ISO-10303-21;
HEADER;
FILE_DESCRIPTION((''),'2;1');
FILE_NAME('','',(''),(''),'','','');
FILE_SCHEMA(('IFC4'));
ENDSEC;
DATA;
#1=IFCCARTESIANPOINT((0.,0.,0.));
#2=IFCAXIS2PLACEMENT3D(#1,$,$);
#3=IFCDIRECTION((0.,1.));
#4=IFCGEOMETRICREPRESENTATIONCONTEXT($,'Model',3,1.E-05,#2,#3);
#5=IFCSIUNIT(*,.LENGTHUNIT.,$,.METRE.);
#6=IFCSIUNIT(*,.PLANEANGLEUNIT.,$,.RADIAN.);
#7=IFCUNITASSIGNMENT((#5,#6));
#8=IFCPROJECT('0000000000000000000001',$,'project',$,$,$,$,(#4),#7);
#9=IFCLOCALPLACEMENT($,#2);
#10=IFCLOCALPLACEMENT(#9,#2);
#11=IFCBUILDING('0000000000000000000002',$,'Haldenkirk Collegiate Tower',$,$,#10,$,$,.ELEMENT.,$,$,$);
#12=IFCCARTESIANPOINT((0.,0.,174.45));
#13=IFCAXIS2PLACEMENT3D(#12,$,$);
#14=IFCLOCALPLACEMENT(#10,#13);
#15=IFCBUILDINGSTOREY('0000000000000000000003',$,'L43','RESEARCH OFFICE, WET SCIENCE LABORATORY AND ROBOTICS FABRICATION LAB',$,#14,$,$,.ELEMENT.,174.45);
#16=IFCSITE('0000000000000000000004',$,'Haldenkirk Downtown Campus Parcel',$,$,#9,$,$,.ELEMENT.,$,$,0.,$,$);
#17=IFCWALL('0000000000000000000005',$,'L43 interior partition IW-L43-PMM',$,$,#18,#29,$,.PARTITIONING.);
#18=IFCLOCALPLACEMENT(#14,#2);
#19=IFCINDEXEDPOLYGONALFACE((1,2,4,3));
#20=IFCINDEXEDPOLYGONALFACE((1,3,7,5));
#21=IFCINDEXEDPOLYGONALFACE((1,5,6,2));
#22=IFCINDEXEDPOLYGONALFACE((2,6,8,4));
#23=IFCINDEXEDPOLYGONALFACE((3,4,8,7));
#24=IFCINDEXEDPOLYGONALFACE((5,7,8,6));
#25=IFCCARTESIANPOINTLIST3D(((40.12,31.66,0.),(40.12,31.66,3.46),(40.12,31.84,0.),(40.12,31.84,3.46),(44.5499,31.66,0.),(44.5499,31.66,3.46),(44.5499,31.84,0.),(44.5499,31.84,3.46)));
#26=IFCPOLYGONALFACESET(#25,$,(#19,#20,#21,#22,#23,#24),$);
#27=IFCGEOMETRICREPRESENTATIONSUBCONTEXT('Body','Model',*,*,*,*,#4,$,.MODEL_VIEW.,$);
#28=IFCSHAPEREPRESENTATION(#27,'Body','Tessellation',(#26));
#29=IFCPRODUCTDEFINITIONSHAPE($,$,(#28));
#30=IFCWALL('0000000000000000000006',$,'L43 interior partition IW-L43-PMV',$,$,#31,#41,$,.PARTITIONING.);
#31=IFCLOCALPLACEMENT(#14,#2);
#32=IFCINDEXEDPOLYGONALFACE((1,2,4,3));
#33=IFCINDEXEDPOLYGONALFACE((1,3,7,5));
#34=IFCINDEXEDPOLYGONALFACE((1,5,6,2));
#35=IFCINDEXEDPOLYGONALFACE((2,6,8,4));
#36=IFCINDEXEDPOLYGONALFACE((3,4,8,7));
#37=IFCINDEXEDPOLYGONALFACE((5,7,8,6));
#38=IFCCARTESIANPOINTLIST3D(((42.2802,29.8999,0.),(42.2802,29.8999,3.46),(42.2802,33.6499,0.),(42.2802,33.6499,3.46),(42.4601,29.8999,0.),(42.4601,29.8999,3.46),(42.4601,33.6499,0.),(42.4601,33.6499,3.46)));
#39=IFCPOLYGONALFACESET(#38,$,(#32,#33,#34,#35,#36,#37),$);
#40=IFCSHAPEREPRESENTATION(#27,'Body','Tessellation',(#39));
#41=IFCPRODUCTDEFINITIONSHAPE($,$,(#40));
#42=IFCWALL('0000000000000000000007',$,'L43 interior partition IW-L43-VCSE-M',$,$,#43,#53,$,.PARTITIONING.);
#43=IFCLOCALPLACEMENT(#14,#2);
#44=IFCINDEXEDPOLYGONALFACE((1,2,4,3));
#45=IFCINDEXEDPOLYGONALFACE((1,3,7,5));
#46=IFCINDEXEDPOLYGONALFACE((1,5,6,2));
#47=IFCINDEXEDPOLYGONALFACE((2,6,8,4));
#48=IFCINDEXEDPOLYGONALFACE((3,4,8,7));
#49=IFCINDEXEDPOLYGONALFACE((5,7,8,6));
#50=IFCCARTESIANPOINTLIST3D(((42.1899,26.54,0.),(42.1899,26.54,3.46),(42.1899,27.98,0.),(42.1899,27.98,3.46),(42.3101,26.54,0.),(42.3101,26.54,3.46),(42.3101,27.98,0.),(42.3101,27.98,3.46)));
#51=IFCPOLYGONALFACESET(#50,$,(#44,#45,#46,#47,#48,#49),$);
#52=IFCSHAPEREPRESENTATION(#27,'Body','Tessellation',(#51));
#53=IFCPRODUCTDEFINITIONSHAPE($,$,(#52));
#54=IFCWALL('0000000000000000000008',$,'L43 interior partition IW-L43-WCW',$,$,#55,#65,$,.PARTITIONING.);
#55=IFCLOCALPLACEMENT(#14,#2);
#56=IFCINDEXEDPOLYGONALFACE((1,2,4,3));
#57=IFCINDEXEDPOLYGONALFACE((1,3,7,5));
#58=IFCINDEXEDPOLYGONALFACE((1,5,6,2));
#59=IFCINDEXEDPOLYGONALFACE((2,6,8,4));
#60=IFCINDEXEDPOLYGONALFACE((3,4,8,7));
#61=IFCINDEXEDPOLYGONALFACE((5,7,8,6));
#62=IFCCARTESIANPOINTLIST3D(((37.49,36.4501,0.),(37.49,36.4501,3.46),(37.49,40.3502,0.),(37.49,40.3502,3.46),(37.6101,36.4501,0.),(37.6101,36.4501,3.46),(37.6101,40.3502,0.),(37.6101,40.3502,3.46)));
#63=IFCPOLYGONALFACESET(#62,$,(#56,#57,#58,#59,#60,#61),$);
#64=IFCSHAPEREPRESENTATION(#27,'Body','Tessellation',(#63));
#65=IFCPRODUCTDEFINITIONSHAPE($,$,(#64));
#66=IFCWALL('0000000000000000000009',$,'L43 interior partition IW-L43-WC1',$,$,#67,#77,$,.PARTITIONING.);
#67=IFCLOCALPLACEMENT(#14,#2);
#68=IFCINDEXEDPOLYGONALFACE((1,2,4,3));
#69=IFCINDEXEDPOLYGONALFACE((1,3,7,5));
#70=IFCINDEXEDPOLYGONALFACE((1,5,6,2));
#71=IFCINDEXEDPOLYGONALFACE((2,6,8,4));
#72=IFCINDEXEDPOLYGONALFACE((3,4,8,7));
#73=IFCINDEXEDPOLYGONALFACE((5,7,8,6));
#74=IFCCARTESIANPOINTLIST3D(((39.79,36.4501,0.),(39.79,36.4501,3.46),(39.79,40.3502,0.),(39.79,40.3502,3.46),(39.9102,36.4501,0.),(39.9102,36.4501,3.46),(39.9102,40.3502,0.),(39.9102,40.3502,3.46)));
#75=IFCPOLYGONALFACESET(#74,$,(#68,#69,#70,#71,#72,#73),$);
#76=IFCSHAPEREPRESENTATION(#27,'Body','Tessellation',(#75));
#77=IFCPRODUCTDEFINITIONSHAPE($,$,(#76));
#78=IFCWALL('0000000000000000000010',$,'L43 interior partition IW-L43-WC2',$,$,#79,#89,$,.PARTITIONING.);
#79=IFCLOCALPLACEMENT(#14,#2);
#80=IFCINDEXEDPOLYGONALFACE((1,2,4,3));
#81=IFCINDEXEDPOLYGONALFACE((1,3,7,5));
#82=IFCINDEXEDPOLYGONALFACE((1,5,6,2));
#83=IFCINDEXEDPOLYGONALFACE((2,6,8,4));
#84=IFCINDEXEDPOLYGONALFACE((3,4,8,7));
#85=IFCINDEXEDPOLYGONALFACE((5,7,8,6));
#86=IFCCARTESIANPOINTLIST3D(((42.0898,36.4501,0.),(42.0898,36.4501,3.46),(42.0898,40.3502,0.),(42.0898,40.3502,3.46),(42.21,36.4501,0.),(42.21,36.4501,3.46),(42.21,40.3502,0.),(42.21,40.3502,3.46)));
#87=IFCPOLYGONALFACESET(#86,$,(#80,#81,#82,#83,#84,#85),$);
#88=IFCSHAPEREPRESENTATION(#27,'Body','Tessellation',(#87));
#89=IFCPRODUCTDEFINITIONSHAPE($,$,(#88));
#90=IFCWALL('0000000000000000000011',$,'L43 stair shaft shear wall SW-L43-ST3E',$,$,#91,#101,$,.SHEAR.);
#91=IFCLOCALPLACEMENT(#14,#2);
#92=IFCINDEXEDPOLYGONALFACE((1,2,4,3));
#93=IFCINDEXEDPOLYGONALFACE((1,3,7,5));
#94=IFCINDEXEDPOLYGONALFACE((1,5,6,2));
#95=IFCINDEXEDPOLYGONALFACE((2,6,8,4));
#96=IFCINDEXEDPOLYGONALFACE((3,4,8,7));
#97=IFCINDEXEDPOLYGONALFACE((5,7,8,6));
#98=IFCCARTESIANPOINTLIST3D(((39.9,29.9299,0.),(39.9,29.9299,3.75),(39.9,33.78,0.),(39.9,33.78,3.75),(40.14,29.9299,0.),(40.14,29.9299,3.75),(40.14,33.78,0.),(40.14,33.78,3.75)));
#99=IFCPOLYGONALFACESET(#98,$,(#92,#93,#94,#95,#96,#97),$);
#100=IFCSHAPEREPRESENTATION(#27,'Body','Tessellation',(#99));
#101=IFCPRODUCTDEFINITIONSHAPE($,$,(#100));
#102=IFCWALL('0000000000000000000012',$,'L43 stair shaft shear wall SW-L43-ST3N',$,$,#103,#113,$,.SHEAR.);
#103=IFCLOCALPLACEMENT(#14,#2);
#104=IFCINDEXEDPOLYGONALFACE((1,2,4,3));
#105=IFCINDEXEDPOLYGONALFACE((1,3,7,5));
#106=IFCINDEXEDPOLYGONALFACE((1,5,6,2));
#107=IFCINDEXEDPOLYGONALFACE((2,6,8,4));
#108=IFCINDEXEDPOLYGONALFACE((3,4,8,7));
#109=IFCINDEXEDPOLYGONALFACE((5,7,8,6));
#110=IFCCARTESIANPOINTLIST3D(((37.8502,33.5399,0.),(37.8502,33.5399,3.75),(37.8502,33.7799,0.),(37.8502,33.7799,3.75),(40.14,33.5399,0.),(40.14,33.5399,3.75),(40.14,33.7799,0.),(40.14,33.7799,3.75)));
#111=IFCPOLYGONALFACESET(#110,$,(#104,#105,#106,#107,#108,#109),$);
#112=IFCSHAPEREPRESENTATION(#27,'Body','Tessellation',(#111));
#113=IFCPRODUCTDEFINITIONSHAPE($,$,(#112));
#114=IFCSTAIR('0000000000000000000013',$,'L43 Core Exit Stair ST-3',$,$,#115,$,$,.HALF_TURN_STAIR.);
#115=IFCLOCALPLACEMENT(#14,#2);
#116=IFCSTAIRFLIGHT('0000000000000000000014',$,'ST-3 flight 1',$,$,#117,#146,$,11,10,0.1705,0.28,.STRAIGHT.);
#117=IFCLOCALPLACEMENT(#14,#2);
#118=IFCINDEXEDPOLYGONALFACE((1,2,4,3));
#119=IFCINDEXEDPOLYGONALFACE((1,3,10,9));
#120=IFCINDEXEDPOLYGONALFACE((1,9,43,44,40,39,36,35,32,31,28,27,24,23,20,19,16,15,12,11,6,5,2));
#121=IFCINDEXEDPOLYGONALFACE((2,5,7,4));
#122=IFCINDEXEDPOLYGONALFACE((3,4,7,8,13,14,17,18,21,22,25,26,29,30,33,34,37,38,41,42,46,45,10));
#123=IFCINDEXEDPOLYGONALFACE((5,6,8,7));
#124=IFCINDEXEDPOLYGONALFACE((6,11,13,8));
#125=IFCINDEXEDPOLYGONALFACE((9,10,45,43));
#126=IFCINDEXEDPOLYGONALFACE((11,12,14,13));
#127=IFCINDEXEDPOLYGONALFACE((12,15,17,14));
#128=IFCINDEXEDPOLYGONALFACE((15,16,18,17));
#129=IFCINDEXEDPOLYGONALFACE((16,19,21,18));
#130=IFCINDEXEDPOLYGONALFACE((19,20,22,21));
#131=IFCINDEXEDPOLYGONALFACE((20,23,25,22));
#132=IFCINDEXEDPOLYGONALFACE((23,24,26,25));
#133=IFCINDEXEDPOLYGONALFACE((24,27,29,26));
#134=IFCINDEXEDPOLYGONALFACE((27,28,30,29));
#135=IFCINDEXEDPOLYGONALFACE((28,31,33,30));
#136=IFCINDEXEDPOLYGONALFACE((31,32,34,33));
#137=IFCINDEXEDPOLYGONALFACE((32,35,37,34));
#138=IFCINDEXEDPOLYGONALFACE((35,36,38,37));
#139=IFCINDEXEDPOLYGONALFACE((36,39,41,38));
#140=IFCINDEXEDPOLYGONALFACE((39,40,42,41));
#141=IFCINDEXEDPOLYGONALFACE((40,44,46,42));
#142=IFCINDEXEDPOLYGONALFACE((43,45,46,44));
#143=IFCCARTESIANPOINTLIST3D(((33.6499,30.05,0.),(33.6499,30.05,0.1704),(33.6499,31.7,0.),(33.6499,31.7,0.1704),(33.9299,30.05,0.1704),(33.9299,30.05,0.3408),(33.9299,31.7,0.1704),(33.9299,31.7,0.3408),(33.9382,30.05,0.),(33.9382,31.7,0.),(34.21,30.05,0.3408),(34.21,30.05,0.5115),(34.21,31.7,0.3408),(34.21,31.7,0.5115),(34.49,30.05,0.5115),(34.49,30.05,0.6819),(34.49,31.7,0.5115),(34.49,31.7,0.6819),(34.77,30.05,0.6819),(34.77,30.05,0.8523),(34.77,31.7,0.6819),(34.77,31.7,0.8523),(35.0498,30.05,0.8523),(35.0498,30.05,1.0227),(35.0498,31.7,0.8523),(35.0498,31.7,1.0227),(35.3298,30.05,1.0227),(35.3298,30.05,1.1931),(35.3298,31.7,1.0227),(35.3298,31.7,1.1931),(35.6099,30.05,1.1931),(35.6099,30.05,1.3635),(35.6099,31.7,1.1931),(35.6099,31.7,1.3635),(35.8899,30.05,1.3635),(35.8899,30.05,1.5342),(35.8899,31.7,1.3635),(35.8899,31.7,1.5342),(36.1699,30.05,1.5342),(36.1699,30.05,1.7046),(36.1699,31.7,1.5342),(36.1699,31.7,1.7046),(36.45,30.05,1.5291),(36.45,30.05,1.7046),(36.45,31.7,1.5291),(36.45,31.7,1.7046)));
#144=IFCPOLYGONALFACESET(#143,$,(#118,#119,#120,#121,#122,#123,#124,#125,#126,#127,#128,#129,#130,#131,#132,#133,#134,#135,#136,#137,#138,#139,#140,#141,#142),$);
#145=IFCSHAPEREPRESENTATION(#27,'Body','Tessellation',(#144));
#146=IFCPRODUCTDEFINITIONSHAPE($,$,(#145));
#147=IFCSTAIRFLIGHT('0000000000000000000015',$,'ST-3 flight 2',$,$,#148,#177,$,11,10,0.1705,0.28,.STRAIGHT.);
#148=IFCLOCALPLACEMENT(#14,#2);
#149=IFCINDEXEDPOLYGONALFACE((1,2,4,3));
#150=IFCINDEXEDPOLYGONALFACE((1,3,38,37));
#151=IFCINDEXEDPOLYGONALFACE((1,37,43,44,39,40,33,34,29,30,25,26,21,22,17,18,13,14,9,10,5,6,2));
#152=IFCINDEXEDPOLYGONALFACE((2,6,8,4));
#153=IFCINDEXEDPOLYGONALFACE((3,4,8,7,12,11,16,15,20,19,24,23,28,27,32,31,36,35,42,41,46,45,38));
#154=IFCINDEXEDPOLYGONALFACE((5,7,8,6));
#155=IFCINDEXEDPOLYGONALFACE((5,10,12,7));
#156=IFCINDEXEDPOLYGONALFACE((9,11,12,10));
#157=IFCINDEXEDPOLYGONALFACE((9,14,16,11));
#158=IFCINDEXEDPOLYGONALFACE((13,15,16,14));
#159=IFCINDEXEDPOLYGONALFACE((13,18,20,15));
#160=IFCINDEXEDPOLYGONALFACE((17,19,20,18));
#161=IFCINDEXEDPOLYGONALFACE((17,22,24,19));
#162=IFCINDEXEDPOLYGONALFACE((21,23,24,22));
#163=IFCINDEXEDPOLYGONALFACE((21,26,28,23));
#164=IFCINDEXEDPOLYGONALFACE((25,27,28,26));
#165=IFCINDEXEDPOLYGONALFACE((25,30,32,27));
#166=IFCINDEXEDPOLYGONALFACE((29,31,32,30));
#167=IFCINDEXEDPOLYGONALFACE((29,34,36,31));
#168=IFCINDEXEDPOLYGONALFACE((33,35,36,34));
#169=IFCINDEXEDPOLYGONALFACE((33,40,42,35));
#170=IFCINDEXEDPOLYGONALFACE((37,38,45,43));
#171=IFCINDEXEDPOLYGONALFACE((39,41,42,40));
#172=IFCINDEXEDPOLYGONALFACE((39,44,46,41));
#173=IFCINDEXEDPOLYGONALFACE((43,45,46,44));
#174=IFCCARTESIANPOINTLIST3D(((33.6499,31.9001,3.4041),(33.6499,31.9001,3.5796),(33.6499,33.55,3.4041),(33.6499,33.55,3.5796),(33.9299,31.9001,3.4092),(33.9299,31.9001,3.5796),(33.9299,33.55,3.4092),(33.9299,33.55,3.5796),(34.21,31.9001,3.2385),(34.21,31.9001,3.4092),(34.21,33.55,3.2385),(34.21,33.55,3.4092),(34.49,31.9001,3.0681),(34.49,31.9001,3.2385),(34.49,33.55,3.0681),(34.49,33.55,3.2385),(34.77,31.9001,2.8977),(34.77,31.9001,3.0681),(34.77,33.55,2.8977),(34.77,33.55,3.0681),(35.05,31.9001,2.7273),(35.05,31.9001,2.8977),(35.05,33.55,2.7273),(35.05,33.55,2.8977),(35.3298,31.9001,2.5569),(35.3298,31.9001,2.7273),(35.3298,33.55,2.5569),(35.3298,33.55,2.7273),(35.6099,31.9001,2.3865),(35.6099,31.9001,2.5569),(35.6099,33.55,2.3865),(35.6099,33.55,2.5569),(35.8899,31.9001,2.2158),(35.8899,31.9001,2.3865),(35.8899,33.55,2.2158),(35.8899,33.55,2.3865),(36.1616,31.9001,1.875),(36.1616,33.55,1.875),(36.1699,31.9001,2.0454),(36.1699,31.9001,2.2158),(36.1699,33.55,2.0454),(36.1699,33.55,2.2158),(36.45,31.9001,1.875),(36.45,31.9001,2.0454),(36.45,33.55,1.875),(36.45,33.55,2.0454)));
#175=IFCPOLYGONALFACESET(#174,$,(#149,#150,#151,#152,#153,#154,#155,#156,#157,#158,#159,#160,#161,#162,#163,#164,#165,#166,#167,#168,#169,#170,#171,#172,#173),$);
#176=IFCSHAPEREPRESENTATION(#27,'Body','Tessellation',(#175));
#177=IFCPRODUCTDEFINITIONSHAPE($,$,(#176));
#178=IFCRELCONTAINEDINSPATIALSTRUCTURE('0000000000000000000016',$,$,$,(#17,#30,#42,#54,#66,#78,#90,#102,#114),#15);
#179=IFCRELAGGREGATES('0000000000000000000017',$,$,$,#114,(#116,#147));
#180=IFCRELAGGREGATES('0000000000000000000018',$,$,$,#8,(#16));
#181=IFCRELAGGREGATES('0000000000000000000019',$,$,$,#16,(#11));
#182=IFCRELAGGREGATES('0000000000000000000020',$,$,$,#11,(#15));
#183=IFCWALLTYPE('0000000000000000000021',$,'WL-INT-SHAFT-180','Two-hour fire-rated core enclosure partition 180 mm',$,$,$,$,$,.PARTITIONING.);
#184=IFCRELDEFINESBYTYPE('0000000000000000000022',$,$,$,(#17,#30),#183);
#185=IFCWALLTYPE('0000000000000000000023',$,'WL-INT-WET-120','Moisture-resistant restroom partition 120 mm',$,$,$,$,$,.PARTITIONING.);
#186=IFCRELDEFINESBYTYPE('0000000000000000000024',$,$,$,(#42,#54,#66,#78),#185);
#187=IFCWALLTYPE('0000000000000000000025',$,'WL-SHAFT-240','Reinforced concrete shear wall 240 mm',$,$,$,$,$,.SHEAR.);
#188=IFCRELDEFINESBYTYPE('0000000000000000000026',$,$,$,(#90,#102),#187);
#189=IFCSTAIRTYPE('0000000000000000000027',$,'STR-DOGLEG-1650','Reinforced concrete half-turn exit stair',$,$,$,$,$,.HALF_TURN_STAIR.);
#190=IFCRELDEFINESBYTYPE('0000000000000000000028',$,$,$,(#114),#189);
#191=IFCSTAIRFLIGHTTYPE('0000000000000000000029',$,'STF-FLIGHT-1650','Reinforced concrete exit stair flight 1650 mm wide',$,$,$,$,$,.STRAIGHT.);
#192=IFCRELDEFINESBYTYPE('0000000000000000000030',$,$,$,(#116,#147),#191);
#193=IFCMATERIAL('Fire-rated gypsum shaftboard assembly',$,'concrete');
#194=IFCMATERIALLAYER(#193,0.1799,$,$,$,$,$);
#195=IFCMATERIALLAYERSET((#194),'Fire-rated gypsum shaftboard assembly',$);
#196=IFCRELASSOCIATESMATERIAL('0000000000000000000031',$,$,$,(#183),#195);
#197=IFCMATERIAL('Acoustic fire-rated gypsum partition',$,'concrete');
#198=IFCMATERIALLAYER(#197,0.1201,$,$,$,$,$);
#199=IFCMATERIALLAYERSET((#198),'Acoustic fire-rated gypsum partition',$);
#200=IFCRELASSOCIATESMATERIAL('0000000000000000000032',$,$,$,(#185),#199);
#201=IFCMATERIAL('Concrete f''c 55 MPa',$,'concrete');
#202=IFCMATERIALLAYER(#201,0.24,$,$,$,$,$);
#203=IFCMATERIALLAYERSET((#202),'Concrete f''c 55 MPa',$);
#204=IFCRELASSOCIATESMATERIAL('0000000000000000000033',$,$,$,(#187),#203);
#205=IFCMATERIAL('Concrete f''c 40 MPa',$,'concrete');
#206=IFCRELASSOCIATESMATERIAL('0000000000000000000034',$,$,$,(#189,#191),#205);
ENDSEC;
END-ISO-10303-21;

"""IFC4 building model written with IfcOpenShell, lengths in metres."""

from ifc_helpers import new_model, si_unit, direction, frame, frame_2d, origin, place, context, subcontext, project, spatial, polyline, rectangle, outline, extrude, material, layer, layer_set, type_object, element, aggregate, save


model = new_model("IFC4")

# Units and contexts
model_context = context("Model", 3, precision=1e-05, world=origin(), true_north=direction((0.0, 1.0)))
body_context = subcontext(model_context, "Body", "Model", "MODEL_VIEW")
ifc_project = project(units=[si_unit("LENGTHUNIT", "METRE"), si_unit("PLANEANGLEUNIT", "RADIAN")], contexts=[model_context])

# Site, building, storey
site_placement = place(None, origin())
site = spatial("IfcSite", under=ifc_project, at=site_placement, Name="Haldenkirk Downtown Campus Parcel", CompositionType="ELEMENT", RefElevation=0.0)
building_placement = place(site_placement, origin())
building = spatial("IfcBuilding", under=site, at=building_placement, Name="Haldenkirk Collegiate Tower", CompositionType="ELEMENT")
storey_placement = place(building_placement, frame((0.0, 0.0, 174.45)))
storey = spatial("IfcBuildingStorey", under=building, at=storey_placement, Name="L43", Description="RESEARCH OFFICE, WET SCIENCE LABORATORY AND ROBOTICS FABRICATION LAB", CompositionType="ELEMENT", Elevation=174.45)

# Shared definitions
ifc_material_1 = material(Name="Acoustic fire-rated gypsum partition", Category="concrete")
ifc_material_2 = material(Name="Fire-rated gypsum shaftboard assembly", Category="concrete")
ifc_layer_1 = layer(ifc_material_2, 0.1799)
ifc_layer_set_1 = layer_set([ifc_layer_1], Name="Fire-rated gypsum shaftboard assembly")
wall_type_1 = type_object("IfcWallType", Name="WL-INT-SHAFT-180", Description="Two-hour fire-rated core enclosure partition 180 mm", PredefinedType="PARTITIONING", material=ifc_layer_set_1)

# Walls
wall_1_placement = place(storey_placement, frame((40.1201, 31.75, 0.0), z_axis=(0.0, 0.0, 1.0), x_axis=(1.0, 0.0, 0.0)))
element("IfcWall", 1, at=wall_1_placement, inside=storey, type_object=wall_type_1, Name="L43 interior partition IW-L43-PMM", PredefinedType="PARTITIONING", context=body_context, shape_type="SweptSolid", body=[
    extrude(rectangle(XDim=4.4299, YDim=0.1799, at=frame_2d((2.2148, 0.0))), origin(), (0.0, 0.0, 1.0), 3.46),
])
wall_2_placement = place(storey_placement, frame((42.3701, 29.8999, 0.0), z_axis=(0.0, 0.0, 1.0), x_axis=(0.0, 1.0, 0.0)))
element("IfcWall", 2, at=wall_2_placement, inside=storey, type_object=wall_type_1, Name="L43 interior partition IW-L43-PMV", PredefinedType="PARTITIONING", context=body_context, shape_type="SweptSolid", body=[
    extrude(rectangle(XDim=3.75, YDim=0.1799, at=frame_2d((1.875, 0.0))), origin(), (0.0, 0.0, 1.0), 3.46),
])
ifc_layer_2 = layer(ifc_material_1, 0.1201)
ifc_layer_set_2 = layer_set([ifc_layer_2], Name="Acoustic fire-rated gypsum partition")
wall_type_2 = type_object("IfcWallType", Name="WL-INT-WET-120", Description="Moisture-resistant restroom partition 120 mm", PredefinedType="PARTITIONING", material=ifc_layer_set_2)
wall_3_placement = place(storey_placement, frame((42.25, 26.54, 0.0), z_axis=(0.0, 0.0, 1.0), x_axis=(0.0, 1.0, 0.0)))
element("IfcWall", 3, at=wall_3_placement, inside=storey, type_object=wall_type_2, Name="L43 interior partition IW-L43-VCSE-M", PredefinedType="PARTITIONING", context=body_context, shape_type="SweptSolid", body=[
    extrude(rectangle(XDim=1.4399, YDim=0.1201, at=frame_2d((0.72, 0.0))), origin(), (0.0, 0.0, 1.0), 3.46),
])
for number, where, z_axis, x_axis, name in (
    (4, (37.55, 36.45, 0.0), (0.0, 0.0, 1.0), (0.0, 1.0, 0.0), "L43 interior partition IW-L43-WCW"),
    (5, (39.8501, 36.45, 0.0), (0.0, 0.0, 1.0), (0.0, 1.0, 0.0), "L43 interior partition IW-L43-WC1"),
    (6, (42.1499, 36.45, 0.0), (0.0, 0.0, 1.0), (0.0, 1.0, 0.0), "L43 interior partition IW-L43-WC2"),
):
    element("IfcWall", number, at=place(storey_placement, frame(where, z_axis=z_axis, x_axis=x_axis)), inside=storey, type_object=wall_type_2, Name=name, PredefinedType="PARTITIONING", context=body_context, shape_type="SweptSolid", body=[
        extrude(rectangle(XDim=3.9001, YDim=0.1201, at=frame_2d((1.9502, 0.0))), origin(), (0.0, 0.0, 1.0), 3.46),
    ])
ifc_material_3 = material(Name="Concrete f'c 55 MPa", Category="concrete")
ifc_layer_3 = layer(ifc_material_3, 0.24)
ifc_layer_set_3 = layer_set([ifc_layer_3], Name="Concrete f'c 55 MPa")
wall_type_3 = type_object("IfcWallType", Name="WL-SHAFT-240", Description="Reinforced concrete shear wall 240 mm", PredefinedType="SHEAR", material=ifc_layer_set_3)
wall_4_placement = place(storey_placement, frame((40.02, 29.9299, 0.0), z_axis=(0.0, 0.0, 1.0), x_axis=(0.0, 1.0, 0.0)))
element("IfcWall", 7, at=wall_4_placement, inside=storey, type_object=wall_type_3, Name="L43 stair shaft shear wall SW-L43-ST3E", PredefinedType="SHEAR", context=body_context, shape_type="SweptSolid", body=[
    extrude(rectangle(XDim=3.8501, YDim=0.24, at=frame_2d((1.925, 0.0))), origin(), (0.0, 0.0, 1.0), 3.75),
])
wall_5_placement = place(storey_placement, frame((37.8501, 33.6599, 0.0), z_axis=(0.0, 0.0, 1.0), x_axis=(1.0, 0.0, 0.0)))
element("IfcWall", 8, at=wall_5_placement, inside=storey, type_object=wall_type_3, Name="L43 stair shaft shear wall SW-L43-ST3N", PredefinedType="SHEAR", context=body_context, shape_type="SweptSolid", body=[
    extrude(rectangle(XDim=2.2898, YDim=0.24, at=frame_2d((1.145, 0.0))), origin(), (0.0, 0.0, 1.0), 3.75),
])

# Stair, stair flights
ifc_material_4 = material(Name="Concrete f'c 40 MPa", Category="concrete")
stair_type = type_object("IfcStairType", Name="STR-DOGLEG-1650", Description="Reinforced concrete half-turn exit stair", PredefinedType="HALF_TURN_STAIR", material=ifc_material_4)
stair_placement = place(storey_placement, origin())
stair = element("IfcStair", 9, at=stair_placement, inside=storey, type_object=stair_type, Name="L43 Core Exit Stair ST-3", PredefinedType="HALF_TURN_STAIR")
stair_flight_type = type_object("IfcStairFlightType", Name="STF-FLIGHT-1650", Description="Reinforced concrete exit stair flight 1650 mm wide", PredefinedType="STRAIGHT", material=ifc_material_4)
stair_flight_1_placement = place(storey_placement, frame((33.6499, 30.875, 0.0), z_axis=(0.0, 0.0, 1.0), x_axis=(1.0, 0.0, 0.0)))
stair_flight_1 = element("IfcStairFlight", 10, at=stair_flight_1_placement, type_object=stair_flight_type, Name="ST-3 flight 1", NumberOfRisers=11, NumberOfTreads=10, PredefinedType="STRAIGHT", RiserHeight=0.1705, TreadLength=0.28, context=body_context, shape_type="SweptSolid", body=[
    extrude(outline(polyline([(0.0, 0.0), (0.0, 0.1704), (0.28, 0.1704), (0.28, 0.3408), (0.5601, 0.3408), (0.5601, 0.5115), (0.8401, 0.5115), (0.8401, 0.6819), (1.1201, 0.6819), (1.1201, 0.8523), (1.3999, 0.8523), (1.3999, 1.0227), (1.6799, 1.0227), (1.6799, 1.1931), (1.96, 1.1931), (1.96, 1.3635), (2.24, 1.3635), (2.24, 1.5342), (2.52, 1.5342), (2.52, 1.7046), (2.8, 1.7046), (2.8, 1.875), (2.8, 1.5291), (0.2883, 0.0), (0.0, 0.0)])), frame((0.0, 0.825, 0.0), z_axis=(0.0, -1.0, 0.0), x_axis=(1.0, 0.0, 0.0)), (0.0, 0.0, 1.0), 1.6499),
])
stair_flight_2_placement = place(storey_placement, frame((36.45, 32.7251, 1.875), z_axis=(0.0, 0.0, 1.0), x_axis=(-1.0, 0.0, 0.0)))
stair_flight_2 = element("IfcStairFlight", 11, at=stair_flight_2_placement, type_object=stair_flight_type, Name="ST-3 flight 2", NumberOfRisers=11, NumberOfTreads=10, PredefinedType="STRAIGHT", RiserHeight=0.1705, TreadLength=0.28, context=body_context, shape_type="SweptSolid", body=[
    extrude(outline(polyline([(0.0, 0.0), (0.0, 0.1704), (0.28, 0.1704), (0.28, 0.3408), (0.5601, 0.3408), (0.5601, 0.5115), (0.8401, 0.5115), (0.8401, 0.6819), (1.1201, 0.6819), (1.1201, 0.8523), (1.3999, 0.8523), (1.3999, 1.0227), (1.6799, 1.0227), (1.6799, 1.1931), (1.96, 1.1931), (1.96, 1.3635), (2.24, 1.3635), (2.24, 1.5342), (2.52, 1.5342), (2.52, 1.7046), (2.8, 1.7046), (2.8, 1.875), (2.8, 1.5291), (0.2883, 0.0), (0.0, 0.0)])), frame((0.0, 0.825, 0.0), z_axis=(0.0, -1.0, 0.0), x_axis=(1.0, 0.0, 0.0)), (0.0, 0.0, 1.0), 1.6499),
])
aggregate(stair, [stair_flight_1, stair_flight_2])

save(model, "model.ifc")
